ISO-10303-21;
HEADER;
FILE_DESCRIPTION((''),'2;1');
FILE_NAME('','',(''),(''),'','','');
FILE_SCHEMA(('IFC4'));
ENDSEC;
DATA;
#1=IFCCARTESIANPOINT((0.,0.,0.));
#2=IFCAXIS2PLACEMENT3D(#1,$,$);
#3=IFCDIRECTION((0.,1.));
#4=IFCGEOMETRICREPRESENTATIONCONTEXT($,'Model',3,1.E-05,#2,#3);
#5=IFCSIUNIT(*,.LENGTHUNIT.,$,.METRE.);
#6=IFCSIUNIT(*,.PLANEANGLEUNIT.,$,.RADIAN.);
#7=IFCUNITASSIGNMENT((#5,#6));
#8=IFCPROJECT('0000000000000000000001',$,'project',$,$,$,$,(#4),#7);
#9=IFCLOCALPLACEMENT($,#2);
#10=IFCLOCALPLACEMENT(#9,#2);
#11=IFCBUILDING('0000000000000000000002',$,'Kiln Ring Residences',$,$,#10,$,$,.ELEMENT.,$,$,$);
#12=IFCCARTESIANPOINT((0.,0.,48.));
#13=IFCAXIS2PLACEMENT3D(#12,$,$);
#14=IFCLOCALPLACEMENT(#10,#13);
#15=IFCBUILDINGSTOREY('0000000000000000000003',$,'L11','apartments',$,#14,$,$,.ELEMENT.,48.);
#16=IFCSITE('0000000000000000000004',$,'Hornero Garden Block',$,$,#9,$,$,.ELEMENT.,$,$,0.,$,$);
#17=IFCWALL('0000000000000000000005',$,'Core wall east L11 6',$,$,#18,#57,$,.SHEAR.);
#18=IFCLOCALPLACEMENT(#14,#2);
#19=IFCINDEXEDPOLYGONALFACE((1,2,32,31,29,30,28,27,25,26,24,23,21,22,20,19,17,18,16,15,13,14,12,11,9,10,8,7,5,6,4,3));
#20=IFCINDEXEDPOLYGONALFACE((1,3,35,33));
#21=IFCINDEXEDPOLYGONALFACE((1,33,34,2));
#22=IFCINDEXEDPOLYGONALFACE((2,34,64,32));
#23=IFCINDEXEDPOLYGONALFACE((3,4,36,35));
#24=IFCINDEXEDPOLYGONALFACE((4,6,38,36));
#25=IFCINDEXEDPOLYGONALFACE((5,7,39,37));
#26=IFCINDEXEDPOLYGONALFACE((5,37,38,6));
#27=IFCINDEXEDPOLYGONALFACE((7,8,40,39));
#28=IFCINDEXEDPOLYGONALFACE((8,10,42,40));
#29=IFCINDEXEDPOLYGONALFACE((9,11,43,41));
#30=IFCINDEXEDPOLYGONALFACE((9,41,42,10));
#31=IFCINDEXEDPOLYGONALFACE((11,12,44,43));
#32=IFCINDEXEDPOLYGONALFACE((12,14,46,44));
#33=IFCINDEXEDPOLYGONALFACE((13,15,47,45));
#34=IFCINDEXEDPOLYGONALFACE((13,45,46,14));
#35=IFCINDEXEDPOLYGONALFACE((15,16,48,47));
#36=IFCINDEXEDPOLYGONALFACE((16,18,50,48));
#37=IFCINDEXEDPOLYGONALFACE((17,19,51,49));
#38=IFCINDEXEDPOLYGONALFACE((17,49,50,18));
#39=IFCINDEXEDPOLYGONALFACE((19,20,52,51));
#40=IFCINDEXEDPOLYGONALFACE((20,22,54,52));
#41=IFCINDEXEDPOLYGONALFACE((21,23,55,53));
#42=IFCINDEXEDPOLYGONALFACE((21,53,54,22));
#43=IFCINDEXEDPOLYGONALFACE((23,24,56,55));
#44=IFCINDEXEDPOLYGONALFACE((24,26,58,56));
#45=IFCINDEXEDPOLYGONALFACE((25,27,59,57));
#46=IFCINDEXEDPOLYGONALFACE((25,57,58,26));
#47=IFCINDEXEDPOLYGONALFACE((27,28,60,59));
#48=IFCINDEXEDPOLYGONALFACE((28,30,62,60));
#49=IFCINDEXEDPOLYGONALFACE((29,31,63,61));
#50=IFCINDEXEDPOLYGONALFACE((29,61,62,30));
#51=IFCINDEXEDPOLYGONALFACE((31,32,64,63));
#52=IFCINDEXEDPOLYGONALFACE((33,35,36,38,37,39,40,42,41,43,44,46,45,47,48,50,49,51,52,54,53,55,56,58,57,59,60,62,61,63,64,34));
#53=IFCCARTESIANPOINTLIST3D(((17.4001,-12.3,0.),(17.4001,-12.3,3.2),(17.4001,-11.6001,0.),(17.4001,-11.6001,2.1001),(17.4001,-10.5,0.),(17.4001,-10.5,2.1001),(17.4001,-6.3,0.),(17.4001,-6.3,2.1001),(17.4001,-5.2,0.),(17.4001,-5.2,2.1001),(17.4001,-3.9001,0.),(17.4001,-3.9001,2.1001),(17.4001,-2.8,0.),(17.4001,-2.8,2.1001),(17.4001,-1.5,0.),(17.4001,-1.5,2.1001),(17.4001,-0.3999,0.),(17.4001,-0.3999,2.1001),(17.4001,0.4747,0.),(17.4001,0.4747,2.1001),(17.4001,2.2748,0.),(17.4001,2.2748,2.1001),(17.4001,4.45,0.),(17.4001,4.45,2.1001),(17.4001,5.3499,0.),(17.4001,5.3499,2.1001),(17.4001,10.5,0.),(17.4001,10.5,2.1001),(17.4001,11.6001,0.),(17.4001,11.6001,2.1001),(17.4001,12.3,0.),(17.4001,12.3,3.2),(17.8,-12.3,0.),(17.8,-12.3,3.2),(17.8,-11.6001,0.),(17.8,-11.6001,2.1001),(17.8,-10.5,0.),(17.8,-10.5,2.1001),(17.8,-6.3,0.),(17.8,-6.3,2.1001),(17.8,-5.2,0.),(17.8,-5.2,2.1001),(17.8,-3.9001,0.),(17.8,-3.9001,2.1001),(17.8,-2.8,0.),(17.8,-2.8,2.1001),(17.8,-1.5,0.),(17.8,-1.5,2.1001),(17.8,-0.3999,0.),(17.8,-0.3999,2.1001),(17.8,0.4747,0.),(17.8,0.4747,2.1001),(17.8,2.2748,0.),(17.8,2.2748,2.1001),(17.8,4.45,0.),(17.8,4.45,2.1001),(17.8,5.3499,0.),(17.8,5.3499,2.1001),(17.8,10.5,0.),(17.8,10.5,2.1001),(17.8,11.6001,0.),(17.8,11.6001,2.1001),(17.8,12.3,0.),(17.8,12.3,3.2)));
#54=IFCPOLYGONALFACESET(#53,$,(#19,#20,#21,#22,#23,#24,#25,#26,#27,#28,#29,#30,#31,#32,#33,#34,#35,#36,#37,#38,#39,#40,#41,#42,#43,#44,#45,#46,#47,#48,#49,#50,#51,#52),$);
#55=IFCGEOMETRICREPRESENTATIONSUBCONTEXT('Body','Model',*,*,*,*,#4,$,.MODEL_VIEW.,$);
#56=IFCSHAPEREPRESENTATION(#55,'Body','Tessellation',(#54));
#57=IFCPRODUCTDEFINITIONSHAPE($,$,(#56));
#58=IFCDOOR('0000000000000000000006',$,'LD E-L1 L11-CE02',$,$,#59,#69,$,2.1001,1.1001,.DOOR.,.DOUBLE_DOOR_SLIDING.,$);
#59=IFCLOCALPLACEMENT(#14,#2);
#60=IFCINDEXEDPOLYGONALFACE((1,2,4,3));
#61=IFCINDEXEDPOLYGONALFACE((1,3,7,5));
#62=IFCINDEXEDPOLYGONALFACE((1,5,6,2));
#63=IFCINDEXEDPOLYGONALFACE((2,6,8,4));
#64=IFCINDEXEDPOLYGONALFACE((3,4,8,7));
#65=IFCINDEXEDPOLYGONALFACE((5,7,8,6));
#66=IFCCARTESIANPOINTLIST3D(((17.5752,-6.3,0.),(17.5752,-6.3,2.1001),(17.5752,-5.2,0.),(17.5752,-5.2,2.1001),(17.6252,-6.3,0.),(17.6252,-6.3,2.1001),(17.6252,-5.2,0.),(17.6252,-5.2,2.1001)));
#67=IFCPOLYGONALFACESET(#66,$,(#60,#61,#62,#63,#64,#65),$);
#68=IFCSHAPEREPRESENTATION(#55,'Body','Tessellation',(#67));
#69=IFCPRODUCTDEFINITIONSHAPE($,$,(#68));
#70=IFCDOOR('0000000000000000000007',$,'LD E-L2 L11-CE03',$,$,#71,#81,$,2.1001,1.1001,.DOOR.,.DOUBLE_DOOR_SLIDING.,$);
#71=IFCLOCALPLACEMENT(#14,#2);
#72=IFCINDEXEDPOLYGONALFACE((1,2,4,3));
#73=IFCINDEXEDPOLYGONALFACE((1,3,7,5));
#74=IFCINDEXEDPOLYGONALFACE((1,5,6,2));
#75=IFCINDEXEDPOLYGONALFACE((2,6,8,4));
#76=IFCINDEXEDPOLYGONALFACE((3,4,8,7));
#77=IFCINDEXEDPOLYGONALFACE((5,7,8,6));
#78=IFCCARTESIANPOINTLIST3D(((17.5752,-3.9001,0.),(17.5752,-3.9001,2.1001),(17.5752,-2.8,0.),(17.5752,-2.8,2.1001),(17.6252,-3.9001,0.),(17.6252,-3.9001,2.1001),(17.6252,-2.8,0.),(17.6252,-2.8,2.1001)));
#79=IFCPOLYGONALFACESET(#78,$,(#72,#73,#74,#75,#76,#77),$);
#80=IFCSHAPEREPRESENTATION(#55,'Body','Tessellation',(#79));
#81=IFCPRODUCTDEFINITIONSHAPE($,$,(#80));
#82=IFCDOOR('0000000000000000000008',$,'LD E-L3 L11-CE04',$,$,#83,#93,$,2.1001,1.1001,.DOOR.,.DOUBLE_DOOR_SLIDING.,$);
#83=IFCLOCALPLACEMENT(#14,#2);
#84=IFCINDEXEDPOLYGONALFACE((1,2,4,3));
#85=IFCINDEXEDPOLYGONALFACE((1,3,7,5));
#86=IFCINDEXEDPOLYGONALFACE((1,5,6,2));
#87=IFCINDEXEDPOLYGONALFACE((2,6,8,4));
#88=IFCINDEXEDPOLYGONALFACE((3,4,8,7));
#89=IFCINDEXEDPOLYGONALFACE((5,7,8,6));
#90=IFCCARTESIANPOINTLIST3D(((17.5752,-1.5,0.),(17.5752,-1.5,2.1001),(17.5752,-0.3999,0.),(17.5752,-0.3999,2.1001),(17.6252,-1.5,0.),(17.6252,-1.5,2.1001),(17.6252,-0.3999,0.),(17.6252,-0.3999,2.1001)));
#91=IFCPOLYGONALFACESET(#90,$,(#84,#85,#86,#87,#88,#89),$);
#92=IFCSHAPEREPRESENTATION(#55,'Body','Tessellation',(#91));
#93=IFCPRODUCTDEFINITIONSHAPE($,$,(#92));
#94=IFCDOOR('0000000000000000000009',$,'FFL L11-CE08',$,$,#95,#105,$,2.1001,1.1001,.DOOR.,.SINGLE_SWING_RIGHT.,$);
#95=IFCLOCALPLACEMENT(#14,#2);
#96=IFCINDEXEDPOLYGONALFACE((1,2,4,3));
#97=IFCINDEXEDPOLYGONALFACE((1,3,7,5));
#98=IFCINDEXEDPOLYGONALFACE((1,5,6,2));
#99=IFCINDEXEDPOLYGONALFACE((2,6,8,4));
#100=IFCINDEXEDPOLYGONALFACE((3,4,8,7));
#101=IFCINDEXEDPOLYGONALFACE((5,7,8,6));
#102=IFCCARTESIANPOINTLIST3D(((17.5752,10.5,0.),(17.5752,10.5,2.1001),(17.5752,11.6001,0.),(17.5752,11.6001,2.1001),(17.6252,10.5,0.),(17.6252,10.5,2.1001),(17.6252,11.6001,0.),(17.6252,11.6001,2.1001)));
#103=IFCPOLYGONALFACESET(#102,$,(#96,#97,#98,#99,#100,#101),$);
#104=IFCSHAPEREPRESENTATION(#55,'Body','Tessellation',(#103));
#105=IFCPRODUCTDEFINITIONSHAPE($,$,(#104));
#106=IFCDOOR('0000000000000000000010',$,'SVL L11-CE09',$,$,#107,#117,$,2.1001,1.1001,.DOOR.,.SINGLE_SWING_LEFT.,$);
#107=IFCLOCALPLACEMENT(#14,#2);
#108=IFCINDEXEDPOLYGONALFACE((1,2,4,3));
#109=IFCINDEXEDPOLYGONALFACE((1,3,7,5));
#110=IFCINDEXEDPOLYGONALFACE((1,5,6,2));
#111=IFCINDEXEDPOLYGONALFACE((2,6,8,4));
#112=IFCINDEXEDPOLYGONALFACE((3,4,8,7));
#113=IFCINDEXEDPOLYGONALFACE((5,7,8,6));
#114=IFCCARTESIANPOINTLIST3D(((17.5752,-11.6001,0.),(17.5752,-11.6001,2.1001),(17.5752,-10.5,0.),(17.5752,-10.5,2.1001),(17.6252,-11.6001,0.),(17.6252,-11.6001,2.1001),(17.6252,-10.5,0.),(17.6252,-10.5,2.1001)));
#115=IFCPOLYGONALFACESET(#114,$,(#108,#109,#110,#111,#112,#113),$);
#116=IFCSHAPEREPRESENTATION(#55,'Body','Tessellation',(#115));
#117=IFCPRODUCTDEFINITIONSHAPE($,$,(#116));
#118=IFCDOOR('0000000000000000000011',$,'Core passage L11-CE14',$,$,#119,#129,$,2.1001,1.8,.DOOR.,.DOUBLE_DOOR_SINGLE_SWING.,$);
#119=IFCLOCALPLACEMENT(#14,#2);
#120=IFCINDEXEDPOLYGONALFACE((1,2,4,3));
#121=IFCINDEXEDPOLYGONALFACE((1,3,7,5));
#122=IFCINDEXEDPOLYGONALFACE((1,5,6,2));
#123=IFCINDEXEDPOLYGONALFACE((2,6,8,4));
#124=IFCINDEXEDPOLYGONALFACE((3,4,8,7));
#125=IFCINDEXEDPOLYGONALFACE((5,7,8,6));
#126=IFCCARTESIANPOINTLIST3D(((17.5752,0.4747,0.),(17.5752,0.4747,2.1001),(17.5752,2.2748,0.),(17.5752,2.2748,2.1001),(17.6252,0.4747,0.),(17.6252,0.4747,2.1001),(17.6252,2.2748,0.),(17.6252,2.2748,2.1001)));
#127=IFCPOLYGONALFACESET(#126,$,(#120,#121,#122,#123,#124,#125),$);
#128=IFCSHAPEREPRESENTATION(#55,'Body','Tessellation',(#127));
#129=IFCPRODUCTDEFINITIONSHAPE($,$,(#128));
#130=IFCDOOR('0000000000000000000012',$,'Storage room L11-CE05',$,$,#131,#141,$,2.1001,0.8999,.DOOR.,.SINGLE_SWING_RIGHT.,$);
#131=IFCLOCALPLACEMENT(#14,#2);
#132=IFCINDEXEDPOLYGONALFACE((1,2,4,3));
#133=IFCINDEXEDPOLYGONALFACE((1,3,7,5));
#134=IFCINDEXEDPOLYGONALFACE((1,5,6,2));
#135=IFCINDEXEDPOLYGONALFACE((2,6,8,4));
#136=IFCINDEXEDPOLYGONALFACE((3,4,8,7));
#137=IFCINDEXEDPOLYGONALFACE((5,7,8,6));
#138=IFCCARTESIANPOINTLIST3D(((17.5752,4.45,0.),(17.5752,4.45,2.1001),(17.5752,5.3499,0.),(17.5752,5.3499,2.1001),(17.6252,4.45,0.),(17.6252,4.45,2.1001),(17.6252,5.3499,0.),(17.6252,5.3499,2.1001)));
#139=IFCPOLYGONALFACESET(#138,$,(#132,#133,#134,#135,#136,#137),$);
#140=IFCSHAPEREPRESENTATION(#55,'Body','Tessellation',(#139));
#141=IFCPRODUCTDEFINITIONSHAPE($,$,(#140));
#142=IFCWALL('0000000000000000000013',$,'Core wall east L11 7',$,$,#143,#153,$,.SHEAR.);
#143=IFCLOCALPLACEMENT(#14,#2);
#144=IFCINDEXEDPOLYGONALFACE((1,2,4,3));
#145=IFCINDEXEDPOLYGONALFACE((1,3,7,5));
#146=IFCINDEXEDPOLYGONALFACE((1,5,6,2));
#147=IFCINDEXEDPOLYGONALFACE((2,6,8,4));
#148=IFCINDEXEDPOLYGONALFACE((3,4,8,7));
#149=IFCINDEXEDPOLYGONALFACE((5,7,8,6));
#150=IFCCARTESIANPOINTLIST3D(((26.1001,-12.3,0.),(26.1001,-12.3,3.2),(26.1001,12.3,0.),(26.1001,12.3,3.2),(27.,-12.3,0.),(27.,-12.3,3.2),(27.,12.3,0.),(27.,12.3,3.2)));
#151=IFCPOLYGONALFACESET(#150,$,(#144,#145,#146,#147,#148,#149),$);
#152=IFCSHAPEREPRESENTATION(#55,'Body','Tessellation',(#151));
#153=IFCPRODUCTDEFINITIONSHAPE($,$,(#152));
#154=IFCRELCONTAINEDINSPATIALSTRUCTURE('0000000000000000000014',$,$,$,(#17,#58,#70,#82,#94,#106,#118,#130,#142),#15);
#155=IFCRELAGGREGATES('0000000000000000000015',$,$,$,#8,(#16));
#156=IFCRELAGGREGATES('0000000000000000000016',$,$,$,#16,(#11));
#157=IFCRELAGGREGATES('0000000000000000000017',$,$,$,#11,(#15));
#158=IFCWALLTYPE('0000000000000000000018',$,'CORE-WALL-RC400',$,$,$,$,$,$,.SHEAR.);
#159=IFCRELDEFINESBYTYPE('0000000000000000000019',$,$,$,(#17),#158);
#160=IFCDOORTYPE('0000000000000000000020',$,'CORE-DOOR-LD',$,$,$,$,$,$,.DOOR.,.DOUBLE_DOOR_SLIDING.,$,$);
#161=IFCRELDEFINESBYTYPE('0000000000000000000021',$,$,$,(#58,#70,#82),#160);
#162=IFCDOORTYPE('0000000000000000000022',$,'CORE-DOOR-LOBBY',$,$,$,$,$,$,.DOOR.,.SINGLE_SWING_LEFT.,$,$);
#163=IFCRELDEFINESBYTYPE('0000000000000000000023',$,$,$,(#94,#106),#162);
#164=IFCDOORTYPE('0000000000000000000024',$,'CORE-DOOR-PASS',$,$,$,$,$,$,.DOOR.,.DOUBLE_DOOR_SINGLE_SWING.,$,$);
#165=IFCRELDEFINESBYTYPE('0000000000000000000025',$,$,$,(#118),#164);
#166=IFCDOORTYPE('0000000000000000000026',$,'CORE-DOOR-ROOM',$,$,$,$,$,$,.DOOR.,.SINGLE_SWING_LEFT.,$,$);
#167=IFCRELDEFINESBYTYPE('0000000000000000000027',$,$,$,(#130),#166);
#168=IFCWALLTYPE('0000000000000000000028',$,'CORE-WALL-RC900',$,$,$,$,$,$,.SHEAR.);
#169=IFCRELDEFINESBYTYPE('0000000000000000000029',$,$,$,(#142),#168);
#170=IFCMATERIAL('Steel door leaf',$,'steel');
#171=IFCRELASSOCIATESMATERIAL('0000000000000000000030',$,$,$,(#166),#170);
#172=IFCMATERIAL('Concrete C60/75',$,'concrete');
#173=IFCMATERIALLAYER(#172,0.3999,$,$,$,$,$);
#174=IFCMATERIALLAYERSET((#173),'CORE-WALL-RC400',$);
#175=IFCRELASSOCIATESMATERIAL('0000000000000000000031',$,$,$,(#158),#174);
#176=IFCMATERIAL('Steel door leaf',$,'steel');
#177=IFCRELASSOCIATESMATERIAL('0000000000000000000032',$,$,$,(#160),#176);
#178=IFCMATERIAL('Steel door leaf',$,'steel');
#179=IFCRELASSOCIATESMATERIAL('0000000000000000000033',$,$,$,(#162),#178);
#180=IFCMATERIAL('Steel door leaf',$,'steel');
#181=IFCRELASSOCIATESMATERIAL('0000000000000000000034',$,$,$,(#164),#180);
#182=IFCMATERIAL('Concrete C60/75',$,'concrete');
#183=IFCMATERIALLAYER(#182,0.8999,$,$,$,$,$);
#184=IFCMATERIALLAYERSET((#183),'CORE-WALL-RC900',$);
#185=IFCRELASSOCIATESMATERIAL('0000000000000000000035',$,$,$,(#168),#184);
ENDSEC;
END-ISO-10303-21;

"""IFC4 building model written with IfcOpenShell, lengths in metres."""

from ifc_helpers import new_model, si_unit, direction, frame, frame_2d, origin, place, context, subcontext, project, spatial, rectangle, extrude, material, layer, layer_set, type_object, element, fill, save


model = new_model("IFC4")

# Units and contexts
model_context = context("Model", 3, precision=1e-05, world=origin(), true_north=direction((0.0, 1.0)))
body_context = subcontext(model_context, "Body", "Model", "MODEL_VIEW")
ifc_project = project(units=[si_unit("LENGTHUNIT", "METRE"), si_unit("PLANEANGLEUNIT", "RADIAN")], contexts=[model_context])

# Site, building, storey
site_placement = place(None, origin())
site = spatial("IfcSite", under=ifc_project, at=site_placement, Name="Hornero Garden Block", CompositionType="ELEMENT", RefElevation=0.0)
building_placement = place(site_placement, origin())
building = spatial("IfcBuilding", under=site, at=building_placement, Name="Kiln Ring Residences", CompositionType="ELEMENT")
storey_placement = place(building_placement, frame((0.0, 0.0, 48.0)))
storey = spatial("IfcBuildingStorey", under=building, at=storey_placement, Name="L11", Description="apartments", CompositionType="ELEMENT", Elevation=48.0)

# Shared definitions
ifc_material_1 = material(Name="Steel door leaf", Category="steel")
door_type_1 = type_object("IfcDoorType", Name="CORE-DOOR-ROOM", OperationType="SINGLE_SWING_LEFT", PredefinedType="DOOR", material=ifc_material_1)

# Wall, openings, doors
ifc_material_2 = material(Name="Concrete C60/75", Category="concrete")
ifc_layer_1 = layer(ifc_material_2, 0.3999)
ifc_layer_set_1 = layer_set([ifc_layer_1], Name="CORE-WALL-RC400")
wall_type_1 = type_object("IfcWallType", Name="CORE-WALL-RC400", PredefinedType="SHEAR", material=ifc_layer_set_1)
wall_1_placement = place(storey_placement, frame((17.6001, -12.3, 0.0), z_axis=(0.0, 0.0, 1.0), x_axis=(0.0, 1.0, 0.0)))
wall_1 = element("IfcWall", 1, at=wall_1_placement, inside=storey, type_object=wall_type_1, Name="Core wall east L11 6", PredefinedType="SHEAR", context=body_context, shape_type="SweptSolid", body=[
    extrude(rectangle(XDim=24.6001, YDim=0.3999, at=frame_2d((12.3, 0.0))), origin(), (0.0, 0.0, 1.0), 3.2),
])
opening_1_placement = place(wall_1_placement, frame((6.0, 0.0, 0.0)))
opening_1 = element("IfcOpeningElement", 2, at=opening_1_placement, cuts=wall_1, PredefinedType="OPENING", context=body_context, shape_type="SweptSolid", body=[
    extrude(rectangle(XDim=1.1001, YDim=2.1001, at=frame_2d((0.55, 1.05))), frame((0.0, 0.21, 0.0), z_axis=(0.0, -1.0, 0.0), x_axis=(1.0, 0.0, 0.0)), (0.0, 0.0, 1.0), 0.4199),
])
opening_2_placement = place(wall_1_placement, frame((8.3999, 0.0, 0.0)))
opening_2 = element("IfcOpeningElement", 3, at=opening_2_placement, cuts=wall_1, PredefinedType="OPENING", context=body_context, shape_type="SweptSolid", body=[
    extrude(rectangle(XDim=1.1001, YDim=2.1001, at=frame_2d((0.55, 1.05))), frame((0.0, 0.21, 0.0), z_axis=(0.0, -1.0, 0.0), x_axis=(1.0, 0.0, 0.0)), (0.0, 0.0, 1.0), 0.4199),
])
opening_3_placement = place(wall_1_placement, frame((10.8, 0.0, 0.0)))
opening_3 = element("IfcOpeningElement", 4, at=opening_3_placement, cuts=wall_1, PredefinedType="OPENING", context=body_context, shape_type="SweptSolid", body=[
    extrude(rectangle(XDim=1.1001, YDim=2.1001, at=frame_2d((0.55, 1.05))), frame((0.0, 0.21, 0.0), z_axis=(0.0, -1.0, 0.0), x_axis=(1.0, 0.0, 0.0)), (0.0, 0.0, 1.0), 0.4199),
])
opening_4_placement = place(wall_1_placement, frame((16.75, 0.0, 0.0)))
opening_4 = element("IfcOpeningElement", 5, at=opening_4_placement, cuts=wall_1, PredefinedType="OPENING", context=body_context, shape_type="SweptSolid", body=[
    extrude(rectangle(XDim=0.8999, YDim=2.1001, at=frame_2d((0.45, 1.05))), frame((0.0, 0.21, 0.0), z_axis=(0.0, -1.0, 0.0), x_axis=(1.0, 0.0, 0.0)), (0.0, 0.0, 1.0), 0.4199),
])
opening_5_placement = place(wall_1_placement, frame((22.8, 0.0, 0.0)))
opening_5 = element("IfcOpeningElement", 6, at=opening_5_placement, cuts=wall_1, PredefinedType="OPENING", context=body_context, shape_type="SweptSolid", body=[
    extrude(rectangle(XDim=1.1001, YDim=2.1001, at=frame_2d((0.55, 1.05))), frame((0.0, 0.21, 0.0), z_axis=(0.0, -1.0, 0.0), x_axis=(1.0, 0.0, 0.0)), (0.0, 0.0, 1.0), 0.4199),
])
opening_6_placement = place(wall_1_placement, frame((0.7, 0.0, 0.0)))
opening_6 = element("IfcOpeningElement", 7, at=opening_6_placement, cuts=wall_1, PredefinedType="OPENING", context=body_context, shape_type="SweptSolid", body=[
    extrude(rectangle(XDim=1.1001, YDim=2.1001, at=frame_2d((0.55, 1.05))), frame((0.0, 0.21, 0.0), z_axis=(0.0, -1.0, 0.0), x_axis=(1.0, 0.0, 0.0)), (0.0, 0.0, 1.0), 0.4199),
])
opening_7_placement = place(wall_1_placement, frame((12.7749, 0.0, 0.0)))
opening_7 = element("IfcOpeningElement", 8, at=opening_7_placement, cuts=wall_1, PredefinedType="OPENING", context=body_context, shape_type="SweptSolid", body=[
    extrude(rectangle(XDim=1.8, YDim=2.1001, at=frame_2d((0.8999, 1.05))), frame((0.0, 0.21, 0.0), z_axis=(0.0, -1.0, 0.0), x_axis=(1.0, 0.0, 0.0)), (0.0, 0.0, 1.0), 0.4199),
])
ifc_material_3 = material(Name="Steel door leaf", Category="steel")
door_type_2 = type_object("IfcDoorType", Name="CORE-DOOR-LD", OperationType="DOUBLE_DOOR_SLIDING", PredefinedType="DOOR", material=ifc_material_3)
door_1_placement = place(opening_1_placement, origin())
door_1 = element("IfcDoor", 9, at=door_1_placement, inside=storey, type_object=door_type_2, Name="LD E-L1 L11-CE02", OperationType="DOUBLE_DOOR_SLIDING", OverallHeight=2.1001, OverallWidth=1.1001, PredefinedType="DOOR", context=body_context, shape_type="SweptSolid", body=[
    extrude(rectangle(XDim=1.1001, YDim=2.1001, at=frame_2d((0.55, 1.05))), frame((0.0, 0.0249, 0.0), z_axis=(0.0, -1.0, 0.0), x_axis=(1.0, 0.0, 0.0)), (0.0, 0.0, 1.0), 0.05),
])
fill(opening_1, door_1)
door_2_placement = place(opening_2_placement, origin())
door_2 = element("IfcDoor", 10, at=door_2_placement, inside=storey, type_object=door_type_2, Name="LD E-L2 L11-CE03", OperationType="DOUBLE_DOOR_SLIDING", OverallHeight=2.1001, OverallWidth=1.1001, PredefinedType="DOOR", context=body_context, shape_type="SweptSolid", body=[
    extrude(rectangle(XDim=1.1001, YDim=2.1001, at=frame_2d((0.55, 1.05))), frame((0.0, 0.0249, 0.0), z_axis=(0.0, -1.0, 0.0), x_axis=(1.0, 0.0, 0.0)), (0.0, 0.0, 1.0), 0.05),
])
fill(opening_2, door_2)
door_3_placement = place(opening_3_placement, origin())
door_3 = element("IfcDoor", 11, at=door_3_placement, inside=storey, type_object=door_type_2, Name="LD E-L3 L11-CE04", OperationType="DOUBLE_DOOR_SLIDING", OverallHeight=2.1001, OverallWidth=1.1001, PredefinedType="DOOR", context=body_context, shape_type="SweptSolid", body=[
    extrude(rectangle(XDim=1.1001, YDim=2.1001, at=frame_2d((0.55, 1.05))), frame((0.0, 0.0249, 0.0), z_axis=(0.0, -1.0, 0.0), x_axis=(1.0, 0.0, 0.0)), (0.0, 0.0, 1.0), 0.05),
])
fill(opening_3, door_3)
ifc_material_4 = material(Name="Steel door leaf", Category="steel")
door_type_3 = type_object("IfcDoorType", Name="CORE-DOOR-LOBBY", OperationType="SINGLE_SWING_LEFT", PredefinedType="DOOR", material=ifc_material_4)
door_4_placement = place(opening_5_placement, origin())
door_4 = element("IfcDoor", 12, at=door_4_placement, inside=storey, type_object=door_type_3, Name="FFL L11-CE08", OperationType="SINGLE_SWING_RIGHT", OverallHeight=2.1001, OverallWidth=1.1001, PredefinedType="DOOR", context=body_context, shape_type="SweptSolid", body=[
    extrude(rectangle(XDim=1.1001, YDim=2.1001, at=frame_2d((0.55, 1.05))), frame((0.0, 0.0249, 0.0), z_axis=(0.0, -1.0, 0.0), x_axis=(1.0, 0.0, 0.0)), (0.0, 0.0, 1.0), 0.05),
])
fill(opening_5, door_4)
door_5_placement = place(opening_6_placement, origin())
door_5 = element("IfcDoor", 13, at=door_5_placement, inside=storey, type_object=door_type_3, Name="SVL L11-CE09", OperationType="SINGLE_SWING_LEFT", OverallHeight=2.1001, OverallWidth=1.1001, PredefinedType="DOOR", context=body_context, shape_type="SweptSolid", body=[
    extrude(rectangle(XDim=1.1001, YDim=2.1001, at=frame_2d((0.55, 1.05))), frame((0.0, 0.0249, 0.0), z_axis=(0.0, -1.0, 0.0), x_axis=(1.0, 0.0, 0.0)), (0.0, 0.0, 1.0), 0.05),
])
fill(opening_6, door_5)
ifc_material_5 = material(Name="Steel door leaf", Category="steel")
door_type_4 = type_object("IfcDoorType", Name="CORE-DOOR-PASS", OperationType="DOUBLE_DOOR_SINGLE_SWING", PredefinedType="DOOR", material=ifc_material_5)
door_6_placement = place(opening_7_placement, origin())
door_6 = element("IfcDoor", 14, at=door_6_placement, inside=storey, type_object=door_type_4, Name="Core passage L11-CE14", OperationType="DOUBLE_DOOR_SINGLE_SWING", OverallHeight=2.1001, OverallWidth=1.8, PredefinedType="DOOR", context=body_context, shape_type="SweptSolid", body=[
    extrude(rectangle(XDim=1.8, YDim=2.1001, at=frame_2d((0.8999, 1.05))), frame((0.0, 0.0249, 0.0), z_axis=(0.0, -1.0, 0.0), x_axis=(1.0, 0.0, 0.0)), (0.0, 0.0, 1.0), 0.05),
])
fill(opening_7, door_6)
door_7_placement = place(opening_4_placement, origin())
door_7 = element("IfcDoor", 15, at=door_7_placement, inside=storey, type_object=door_type_1, Name="Storage room L11-CE05", OperationType="SINGLE_SWING_RIGHT", OverallHeight=2.1001, OverallWidth=0.8999, PredefinedType="DOOR", context=body_context, shape_type="SweptSolid", body=[
    extrude(rectangle(XDim=0.8999, YDim=2.1001, at=frame_2d((0.45, 1.05))), frame((0.0, 0.0249, 0.0), z_axis=(0.0, -1.0, 0.0), x_axis=(1.0, 0.0, 0.0)), (0.0, 0.0, 1.0), 0.05),
])
fill(opening_4, door_7)

# Wall
ifc_material_6 = material(Name="Concrete C60/75", Category="concrete")
ifc_layer_2 = layer(ifc_material_6, 0.8999)
ifc_layer_set_2 = layer_set([ifc_layer_2], Name="CORE-WALL-RC900")
wall_type_2 = type_object("IfcWallType", Name="CORE-WALL-RC900", PredefinedType="SHEAR", material=ifc_layer_set_2)
wall_2_placement = place(storey_placement, frame((26.55, -12.3, 0.0), z_axis=(0.0, 0.0, 1.0), x_axis=(0.0, 1.0, 0.0)))
element("IfcWall", 16, at=wall_2_placement, inside=storey, type_object=wall_type_2, Name="Core wall east L11 7", PredefinedType="SHEAR", context=body_context, shape_type="SweptSolid", body=[
    extrude(rectangle(XDim=24.6001, YDim=0.8999, at=frame_2d((12.3, 0.0))), origin(), (0.0, 0.0, 1.0), 3.2),
])

save(model, "model.ifc")
